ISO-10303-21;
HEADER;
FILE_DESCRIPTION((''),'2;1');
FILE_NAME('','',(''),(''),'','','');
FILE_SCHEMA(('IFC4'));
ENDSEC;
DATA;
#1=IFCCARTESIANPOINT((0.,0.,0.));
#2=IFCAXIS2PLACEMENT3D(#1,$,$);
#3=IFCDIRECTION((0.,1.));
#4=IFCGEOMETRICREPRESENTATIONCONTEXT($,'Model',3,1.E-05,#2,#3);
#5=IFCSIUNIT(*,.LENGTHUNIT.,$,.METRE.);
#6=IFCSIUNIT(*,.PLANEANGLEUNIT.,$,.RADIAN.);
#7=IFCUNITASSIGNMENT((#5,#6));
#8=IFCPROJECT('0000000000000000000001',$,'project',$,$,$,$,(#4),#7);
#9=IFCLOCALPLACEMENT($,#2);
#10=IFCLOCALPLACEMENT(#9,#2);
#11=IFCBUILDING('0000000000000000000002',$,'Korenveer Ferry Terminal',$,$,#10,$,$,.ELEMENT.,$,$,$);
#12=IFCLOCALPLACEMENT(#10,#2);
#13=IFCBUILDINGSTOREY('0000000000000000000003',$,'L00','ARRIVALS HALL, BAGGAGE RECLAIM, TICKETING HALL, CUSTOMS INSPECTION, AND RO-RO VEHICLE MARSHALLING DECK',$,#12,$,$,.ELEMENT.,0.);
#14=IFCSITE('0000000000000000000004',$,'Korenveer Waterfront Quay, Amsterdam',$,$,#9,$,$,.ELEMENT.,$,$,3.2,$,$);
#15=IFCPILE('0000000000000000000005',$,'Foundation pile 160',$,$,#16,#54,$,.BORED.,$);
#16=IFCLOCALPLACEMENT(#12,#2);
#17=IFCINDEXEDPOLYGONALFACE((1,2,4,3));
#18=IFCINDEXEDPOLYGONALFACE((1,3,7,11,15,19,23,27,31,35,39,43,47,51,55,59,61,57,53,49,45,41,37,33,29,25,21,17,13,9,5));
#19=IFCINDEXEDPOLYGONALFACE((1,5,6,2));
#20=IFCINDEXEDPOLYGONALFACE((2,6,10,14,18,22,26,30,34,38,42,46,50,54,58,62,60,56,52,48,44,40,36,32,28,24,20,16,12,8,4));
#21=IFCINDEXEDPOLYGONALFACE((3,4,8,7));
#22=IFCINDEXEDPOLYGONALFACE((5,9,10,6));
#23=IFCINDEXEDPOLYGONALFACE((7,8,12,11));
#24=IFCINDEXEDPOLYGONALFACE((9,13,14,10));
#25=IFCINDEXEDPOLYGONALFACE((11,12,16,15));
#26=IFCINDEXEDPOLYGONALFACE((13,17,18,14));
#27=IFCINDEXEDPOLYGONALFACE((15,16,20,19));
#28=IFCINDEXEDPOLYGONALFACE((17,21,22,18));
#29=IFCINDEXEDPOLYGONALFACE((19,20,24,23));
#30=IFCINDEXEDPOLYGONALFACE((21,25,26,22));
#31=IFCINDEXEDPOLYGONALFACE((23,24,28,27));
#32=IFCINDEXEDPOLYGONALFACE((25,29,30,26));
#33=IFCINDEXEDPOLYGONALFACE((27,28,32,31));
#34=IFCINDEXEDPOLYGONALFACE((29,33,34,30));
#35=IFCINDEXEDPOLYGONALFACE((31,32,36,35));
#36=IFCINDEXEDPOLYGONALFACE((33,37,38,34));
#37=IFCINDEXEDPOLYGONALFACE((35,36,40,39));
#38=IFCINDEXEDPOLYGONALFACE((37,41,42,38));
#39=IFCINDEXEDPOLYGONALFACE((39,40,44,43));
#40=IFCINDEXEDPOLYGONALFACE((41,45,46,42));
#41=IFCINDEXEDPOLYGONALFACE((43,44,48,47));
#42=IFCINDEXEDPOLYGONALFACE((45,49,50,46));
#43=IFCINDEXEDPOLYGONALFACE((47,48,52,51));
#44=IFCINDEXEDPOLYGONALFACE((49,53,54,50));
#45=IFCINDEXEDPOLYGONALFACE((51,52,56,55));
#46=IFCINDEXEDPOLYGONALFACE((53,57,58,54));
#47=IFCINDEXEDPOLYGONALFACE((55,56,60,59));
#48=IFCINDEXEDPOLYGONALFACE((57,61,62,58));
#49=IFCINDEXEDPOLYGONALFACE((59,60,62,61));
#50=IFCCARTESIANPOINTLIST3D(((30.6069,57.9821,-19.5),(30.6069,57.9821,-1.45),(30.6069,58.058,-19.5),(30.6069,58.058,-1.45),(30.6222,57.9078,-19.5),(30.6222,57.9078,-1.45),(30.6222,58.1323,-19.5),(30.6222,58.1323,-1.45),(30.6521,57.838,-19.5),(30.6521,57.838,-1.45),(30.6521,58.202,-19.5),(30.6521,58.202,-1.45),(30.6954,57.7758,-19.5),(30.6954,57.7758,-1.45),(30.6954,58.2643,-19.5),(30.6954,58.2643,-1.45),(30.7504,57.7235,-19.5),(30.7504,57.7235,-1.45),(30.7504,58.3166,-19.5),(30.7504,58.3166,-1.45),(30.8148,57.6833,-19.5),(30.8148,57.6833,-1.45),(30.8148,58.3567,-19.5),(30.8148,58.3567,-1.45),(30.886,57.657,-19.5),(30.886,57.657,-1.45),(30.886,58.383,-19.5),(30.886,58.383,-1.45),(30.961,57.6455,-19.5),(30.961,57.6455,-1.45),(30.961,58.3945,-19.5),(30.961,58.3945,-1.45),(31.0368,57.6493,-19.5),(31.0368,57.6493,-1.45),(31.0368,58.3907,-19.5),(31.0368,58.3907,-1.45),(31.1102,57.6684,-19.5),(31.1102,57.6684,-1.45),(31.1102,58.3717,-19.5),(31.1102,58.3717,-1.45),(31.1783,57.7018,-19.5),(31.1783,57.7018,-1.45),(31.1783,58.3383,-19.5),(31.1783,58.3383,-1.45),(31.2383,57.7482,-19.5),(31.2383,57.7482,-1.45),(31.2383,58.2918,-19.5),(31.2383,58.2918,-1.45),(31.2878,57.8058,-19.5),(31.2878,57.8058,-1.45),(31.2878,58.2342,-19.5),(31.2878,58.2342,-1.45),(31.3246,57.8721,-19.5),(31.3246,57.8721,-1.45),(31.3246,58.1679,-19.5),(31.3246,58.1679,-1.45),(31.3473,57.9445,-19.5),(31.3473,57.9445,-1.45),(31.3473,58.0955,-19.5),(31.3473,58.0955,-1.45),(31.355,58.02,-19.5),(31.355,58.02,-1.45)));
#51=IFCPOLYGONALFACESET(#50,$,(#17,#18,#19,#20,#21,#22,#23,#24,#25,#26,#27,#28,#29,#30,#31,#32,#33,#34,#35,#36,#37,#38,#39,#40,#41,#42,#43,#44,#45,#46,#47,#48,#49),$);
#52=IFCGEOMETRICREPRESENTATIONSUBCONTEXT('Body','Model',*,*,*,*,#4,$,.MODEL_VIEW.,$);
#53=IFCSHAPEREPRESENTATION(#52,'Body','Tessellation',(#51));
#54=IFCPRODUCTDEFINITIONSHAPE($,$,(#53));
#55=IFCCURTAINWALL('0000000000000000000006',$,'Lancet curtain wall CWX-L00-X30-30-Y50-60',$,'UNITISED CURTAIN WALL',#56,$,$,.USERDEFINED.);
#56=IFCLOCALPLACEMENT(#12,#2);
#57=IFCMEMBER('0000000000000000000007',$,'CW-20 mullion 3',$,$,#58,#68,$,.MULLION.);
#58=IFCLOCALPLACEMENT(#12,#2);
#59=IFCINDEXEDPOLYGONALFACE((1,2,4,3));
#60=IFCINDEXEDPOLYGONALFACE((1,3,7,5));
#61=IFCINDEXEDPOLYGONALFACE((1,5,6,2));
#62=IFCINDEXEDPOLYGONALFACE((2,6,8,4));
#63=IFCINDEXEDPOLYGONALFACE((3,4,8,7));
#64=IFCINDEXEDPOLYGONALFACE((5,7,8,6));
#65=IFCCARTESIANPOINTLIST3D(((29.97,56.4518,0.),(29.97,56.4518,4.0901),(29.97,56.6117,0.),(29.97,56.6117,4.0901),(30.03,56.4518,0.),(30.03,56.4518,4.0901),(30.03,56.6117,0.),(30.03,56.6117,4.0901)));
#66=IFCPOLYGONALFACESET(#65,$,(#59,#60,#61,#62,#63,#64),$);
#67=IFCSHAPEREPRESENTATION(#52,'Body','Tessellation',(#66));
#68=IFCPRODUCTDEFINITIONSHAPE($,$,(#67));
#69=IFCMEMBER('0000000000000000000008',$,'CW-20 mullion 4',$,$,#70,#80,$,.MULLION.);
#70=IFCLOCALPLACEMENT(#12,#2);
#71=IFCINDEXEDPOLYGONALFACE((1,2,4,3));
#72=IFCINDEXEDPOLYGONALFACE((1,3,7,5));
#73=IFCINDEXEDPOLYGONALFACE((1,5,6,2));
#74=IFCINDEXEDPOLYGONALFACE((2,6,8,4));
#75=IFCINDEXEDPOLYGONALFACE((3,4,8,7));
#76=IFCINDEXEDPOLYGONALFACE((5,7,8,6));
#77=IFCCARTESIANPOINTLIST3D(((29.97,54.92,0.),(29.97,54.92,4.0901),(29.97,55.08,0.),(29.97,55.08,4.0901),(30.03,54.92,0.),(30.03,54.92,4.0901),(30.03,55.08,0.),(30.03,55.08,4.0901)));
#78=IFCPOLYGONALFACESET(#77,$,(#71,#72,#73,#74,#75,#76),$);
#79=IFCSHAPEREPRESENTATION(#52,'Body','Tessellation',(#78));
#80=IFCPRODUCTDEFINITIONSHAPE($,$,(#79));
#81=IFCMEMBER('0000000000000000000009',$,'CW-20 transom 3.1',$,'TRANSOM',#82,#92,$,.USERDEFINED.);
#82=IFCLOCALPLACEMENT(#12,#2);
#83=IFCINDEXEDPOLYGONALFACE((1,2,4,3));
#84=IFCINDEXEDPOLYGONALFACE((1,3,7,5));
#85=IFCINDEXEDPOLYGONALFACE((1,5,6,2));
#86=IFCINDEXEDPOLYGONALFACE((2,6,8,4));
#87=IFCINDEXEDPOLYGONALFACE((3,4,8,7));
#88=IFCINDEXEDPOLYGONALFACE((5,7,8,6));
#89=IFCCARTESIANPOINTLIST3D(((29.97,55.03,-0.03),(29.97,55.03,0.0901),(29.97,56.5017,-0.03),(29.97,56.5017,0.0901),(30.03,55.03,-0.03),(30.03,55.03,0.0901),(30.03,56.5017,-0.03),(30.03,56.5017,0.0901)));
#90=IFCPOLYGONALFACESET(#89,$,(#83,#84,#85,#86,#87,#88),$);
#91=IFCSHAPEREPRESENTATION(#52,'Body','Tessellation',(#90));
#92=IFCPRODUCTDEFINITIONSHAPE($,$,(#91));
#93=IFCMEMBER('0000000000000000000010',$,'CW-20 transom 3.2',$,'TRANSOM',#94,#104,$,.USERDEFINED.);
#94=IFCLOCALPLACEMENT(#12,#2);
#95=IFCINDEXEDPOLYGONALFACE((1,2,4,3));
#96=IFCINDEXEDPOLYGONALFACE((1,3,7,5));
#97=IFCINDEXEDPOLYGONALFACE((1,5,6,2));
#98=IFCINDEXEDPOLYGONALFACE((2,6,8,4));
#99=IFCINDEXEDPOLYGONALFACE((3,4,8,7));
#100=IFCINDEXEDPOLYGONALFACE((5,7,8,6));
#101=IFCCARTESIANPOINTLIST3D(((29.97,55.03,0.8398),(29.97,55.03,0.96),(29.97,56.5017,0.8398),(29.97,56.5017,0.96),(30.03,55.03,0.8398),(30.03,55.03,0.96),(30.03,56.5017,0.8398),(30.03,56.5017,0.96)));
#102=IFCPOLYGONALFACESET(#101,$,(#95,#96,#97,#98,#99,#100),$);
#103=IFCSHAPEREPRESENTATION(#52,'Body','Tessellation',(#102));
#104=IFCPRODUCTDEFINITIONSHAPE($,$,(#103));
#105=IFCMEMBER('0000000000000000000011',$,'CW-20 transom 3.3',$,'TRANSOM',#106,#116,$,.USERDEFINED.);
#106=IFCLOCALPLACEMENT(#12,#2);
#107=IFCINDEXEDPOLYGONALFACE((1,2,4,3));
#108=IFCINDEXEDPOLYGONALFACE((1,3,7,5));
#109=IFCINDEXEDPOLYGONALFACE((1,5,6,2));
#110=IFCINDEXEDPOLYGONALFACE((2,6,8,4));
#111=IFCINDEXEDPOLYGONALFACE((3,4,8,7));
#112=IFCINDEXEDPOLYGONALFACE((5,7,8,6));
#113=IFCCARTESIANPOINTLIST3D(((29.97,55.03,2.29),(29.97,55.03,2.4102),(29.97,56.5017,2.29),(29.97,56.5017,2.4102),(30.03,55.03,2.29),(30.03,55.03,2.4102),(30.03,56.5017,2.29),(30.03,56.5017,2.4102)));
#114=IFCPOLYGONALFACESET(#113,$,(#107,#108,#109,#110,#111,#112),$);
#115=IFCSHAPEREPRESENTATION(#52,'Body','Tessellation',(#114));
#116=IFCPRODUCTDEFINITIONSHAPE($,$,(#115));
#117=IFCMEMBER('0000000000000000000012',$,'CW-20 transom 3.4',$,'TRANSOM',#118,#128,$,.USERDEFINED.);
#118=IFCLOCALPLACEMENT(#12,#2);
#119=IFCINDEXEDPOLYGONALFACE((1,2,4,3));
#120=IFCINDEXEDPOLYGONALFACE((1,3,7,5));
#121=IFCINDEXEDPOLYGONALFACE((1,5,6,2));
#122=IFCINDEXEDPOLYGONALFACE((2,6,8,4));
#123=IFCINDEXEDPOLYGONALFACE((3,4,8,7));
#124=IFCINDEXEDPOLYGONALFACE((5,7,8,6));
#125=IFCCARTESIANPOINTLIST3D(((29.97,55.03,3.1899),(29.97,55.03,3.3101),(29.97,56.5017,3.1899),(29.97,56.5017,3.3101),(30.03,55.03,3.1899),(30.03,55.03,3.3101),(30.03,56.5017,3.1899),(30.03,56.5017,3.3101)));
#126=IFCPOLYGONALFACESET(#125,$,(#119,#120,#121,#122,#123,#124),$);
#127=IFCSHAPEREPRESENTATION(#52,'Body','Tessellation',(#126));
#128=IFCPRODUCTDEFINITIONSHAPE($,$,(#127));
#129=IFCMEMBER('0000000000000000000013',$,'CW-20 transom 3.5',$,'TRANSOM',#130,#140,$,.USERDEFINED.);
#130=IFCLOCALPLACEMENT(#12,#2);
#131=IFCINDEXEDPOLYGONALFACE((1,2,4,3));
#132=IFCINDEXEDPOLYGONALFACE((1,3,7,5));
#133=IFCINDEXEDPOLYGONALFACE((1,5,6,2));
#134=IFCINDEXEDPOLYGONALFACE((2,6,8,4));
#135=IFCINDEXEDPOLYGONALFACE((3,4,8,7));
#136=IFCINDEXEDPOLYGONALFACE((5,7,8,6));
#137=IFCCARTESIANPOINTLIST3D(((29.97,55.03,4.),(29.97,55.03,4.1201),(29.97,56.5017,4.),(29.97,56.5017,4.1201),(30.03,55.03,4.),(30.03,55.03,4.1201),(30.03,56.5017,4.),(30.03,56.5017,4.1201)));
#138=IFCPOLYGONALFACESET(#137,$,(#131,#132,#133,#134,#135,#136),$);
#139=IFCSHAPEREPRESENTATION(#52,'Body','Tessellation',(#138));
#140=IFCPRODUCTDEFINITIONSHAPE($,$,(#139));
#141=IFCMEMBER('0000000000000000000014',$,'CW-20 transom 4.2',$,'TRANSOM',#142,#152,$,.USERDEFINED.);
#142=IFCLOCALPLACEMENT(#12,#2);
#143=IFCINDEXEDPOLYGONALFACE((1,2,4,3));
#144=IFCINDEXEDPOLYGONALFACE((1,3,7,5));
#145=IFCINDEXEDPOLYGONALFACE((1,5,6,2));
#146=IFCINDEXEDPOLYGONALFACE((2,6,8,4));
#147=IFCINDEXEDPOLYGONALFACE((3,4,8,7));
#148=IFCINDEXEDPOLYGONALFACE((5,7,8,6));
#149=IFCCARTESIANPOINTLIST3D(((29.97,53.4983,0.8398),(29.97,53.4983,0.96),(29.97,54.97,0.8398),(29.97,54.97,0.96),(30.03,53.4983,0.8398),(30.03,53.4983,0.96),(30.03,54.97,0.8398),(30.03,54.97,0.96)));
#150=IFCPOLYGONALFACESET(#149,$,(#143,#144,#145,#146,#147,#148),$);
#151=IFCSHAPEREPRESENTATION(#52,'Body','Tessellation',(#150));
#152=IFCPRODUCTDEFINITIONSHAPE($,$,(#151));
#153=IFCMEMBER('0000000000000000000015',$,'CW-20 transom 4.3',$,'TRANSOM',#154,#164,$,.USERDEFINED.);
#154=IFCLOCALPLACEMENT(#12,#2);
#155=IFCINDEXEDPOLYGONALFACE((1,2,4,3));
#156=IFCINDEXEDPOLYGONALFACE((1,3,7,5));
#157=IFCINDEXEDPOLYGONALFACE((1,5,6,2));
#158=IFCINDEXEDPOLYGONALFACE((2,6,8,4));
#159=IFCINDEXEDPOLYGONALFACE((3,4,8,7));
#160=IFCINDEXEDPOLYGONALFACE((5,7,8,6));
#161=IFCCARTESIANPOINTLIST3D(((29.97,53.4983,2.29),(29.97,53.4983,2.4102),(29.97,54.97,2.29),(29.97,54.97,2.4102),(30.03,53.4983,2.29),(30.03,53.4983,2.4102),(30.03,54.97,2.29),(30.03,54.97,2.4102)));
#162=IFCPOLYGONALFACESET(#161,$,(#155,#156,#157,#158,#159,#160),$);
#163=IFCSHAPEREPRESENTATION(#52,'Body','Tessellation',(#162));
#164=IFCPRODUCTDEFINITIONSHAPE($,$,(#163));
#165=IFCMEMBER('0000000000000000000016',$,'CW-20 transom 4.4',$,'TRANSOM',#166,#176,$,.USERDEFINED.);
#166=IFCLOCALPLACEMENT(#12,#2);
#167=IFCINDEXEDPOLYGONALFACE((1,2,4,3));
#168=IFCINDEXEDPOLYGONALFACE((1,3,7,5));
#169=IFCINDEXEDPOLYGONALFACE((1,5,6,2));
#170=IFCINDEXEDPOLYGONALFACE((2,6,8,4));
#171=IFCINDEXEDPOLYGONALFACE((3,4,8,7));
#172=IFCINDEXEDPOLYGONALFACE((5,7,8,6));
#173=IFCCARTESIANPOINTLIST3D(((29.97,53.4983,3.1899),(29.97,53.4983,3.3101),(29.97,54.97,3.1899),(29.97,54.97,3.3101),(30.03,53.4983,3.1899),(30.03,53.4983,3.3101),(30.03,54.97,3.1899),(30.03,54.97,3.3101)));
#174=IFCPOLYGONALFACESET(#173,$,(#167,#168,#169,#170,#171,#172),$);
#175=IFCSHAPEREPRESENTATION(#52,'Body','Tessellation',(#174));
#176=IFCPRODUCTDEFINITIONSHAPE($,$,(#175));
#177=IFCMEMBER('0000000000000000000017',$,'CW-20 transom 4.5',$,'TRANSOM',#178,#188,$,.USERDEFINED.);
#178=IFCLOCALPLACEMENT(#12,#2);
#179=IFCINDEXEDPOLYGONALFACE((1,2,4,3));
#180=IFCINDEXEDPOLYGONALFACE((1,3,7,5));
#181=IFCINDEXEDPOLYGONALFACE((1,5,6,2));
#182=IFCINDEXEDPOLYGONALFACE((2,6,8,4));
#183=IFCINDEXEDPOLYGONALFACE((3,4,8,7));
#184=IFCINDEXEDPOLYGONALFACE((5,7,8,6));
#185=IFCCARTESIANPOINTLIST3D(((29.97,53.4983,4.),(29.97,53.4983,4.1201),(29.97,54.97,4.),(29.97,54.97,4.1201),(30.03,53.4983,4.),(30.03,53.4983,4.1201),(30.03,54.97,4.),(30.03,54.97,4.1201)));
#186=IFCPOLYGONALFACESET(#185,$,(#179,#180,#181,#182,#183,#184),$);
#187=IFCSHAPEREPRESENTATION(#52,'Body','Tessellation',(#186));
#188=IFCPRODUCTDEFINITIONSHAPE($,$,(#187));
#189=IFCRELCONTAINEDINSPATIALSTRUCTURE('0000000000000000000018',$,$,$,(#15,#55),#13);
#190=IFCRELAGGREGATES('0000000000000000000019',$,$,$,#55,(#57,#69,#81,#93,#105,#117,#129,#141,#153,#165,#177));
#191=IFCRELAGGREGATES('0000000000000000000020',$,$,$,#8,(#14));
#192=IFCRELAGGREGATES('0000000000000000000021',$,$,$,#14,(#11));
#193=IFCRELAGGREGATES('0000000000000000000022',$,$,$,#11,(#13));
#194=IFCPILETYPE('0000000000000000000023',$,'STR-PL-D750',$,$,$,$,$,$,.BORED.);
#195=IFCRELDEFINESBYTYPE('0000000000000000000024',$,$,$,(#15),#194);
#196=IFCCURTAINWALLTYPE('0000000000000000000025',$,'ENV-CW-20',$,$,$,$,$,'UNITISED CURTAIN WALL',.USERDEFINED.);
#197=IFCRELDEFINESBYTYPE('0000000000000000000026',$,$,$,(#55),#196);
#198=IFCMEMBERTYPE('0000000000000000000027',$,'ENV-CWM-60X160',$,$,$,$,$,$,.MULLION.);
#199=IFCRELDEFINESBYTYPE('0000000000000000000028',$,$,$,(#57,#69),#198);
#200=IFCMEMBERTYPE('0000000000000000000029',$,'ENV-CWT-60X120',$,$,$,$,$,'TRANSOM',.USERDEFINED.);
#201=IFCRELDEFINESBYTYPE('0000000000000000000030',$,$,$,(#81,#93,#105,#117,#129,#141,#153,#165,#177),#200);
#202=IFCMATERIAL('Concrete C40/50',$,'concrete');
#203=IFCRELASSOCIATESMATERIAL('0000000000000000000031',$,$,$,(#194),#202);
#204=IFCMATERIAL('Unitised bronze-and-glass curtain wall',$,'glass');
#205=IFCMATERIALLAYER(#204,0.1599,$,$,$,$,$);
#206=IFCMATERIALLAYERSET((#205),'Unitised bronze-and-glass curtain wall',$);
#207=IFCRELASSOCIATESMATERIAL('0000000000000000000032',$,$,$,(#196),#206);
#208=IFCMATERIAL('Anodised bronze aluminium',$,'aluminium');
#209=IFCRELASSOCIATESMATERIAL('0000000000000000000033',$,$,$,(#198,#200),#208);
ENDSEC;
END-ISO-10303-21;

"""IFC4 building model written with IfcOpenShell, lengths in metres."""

from ifc_helpers import new_model, si_unit, direction, frame, origin, origin_2d, place, context, subcontext, project, spatial, rectangle, circle, extrude, material, layer, layer_set, material_profile, profile_set, type_object, element, aggregate, save


model = new_model("IFC4")

# Units and contexts
model_context = context("Model", 3, precision=1e-05, world=origin(), true_north=direction((0.0, 1.0)))
body_context = subcontext(model_context, "Body", "Model", "MODEL_VIEW")
ifc_project = project(units=[si_unit("LENGTHUNIT", "METRE"), si_unit("PLANEANGLEUNIT", "RADIAN")], contexts=[model_context])

# Site, building, storey
site_placement = place(None, origin())
site = spatial("IfcSite", under=ifc_project, at=site_placement, Name="Korenveer Waterfront Quay, Amsterdam", CompositionType="ELEMENT", RefElevation=3.2)
building_placement = place(site_placement, origin())
building = spatial("IfcBuilding", under=site, at=building_placement, Name="Korenveer Ferry Terminal", CompositionType="ELEMENT")
storey_placement = place(building_placement, origin())
storey = spatial("IfcBuildingStorey", under=building, at=storey_placement, Name="L00", Description="ARRIVALS HALL, BAGGAGE RECLAIM, TICKETING HALL, CUSTOMS INSPECTION, AND RO-RO VEHICLE MARSHALLING DECK", CompositionType="ELEMENT", Elevation=0.0)

# Pile
ifc_material_1 = material(Name="Concrete C40/50", Category="concrete")
ifc_material_profile_1 = material_profile(ifc_material_1, circle(Radius=0.375, at=origin_2d()), Name="PILE D750")
ifc_profile_set_1 = profile_set([ifc_material_profile_1], Name="Concrete C40/50")
pile_type = type_object("IfcPileType", Name="STR-PL-D750", PredefinedType="BORED", material=ifc_profile_set_1)
pile_placement = place(storey_placement, frame((30.98, 58.02, -1.45), z_axis=(0.0, 0.0, -1.0), x_axis=(1.0, 0.0, 0.0)))
element("IfcPile", 1, at=pile_placement, inside=storey, type_object=pile_type, Name="Foundation pile 160", PredefinedType="BORED", context=body_context, shape_type="SweptSolid", body=[
    extrude(circle(Radius=0.375, at=origin_2d()), origin(), (0.0, 0.0, 1.0), 18.05),
])

# Curtain wall, members
ifc_material_2 = material(Name="Unitised bronze-and-glass curtain wall", Category="glass")
ifc_layer_1 = layer(ifc_material_2, 0.1599)
ifc_layer_set_1 = layer_set([ifc_layer_1], Name="Unitised bronze-and-glass curtain wall")
curtain_wall_type = type_object("IfcCurtainWallType", Name="ENV-CW-20", ElementType="UNITISED CURTAIN WALL", PredefinedType="USERDEFINED", material=ifc_layer_set_1)
curtain_wall_placement = place(storey_placement, frame((30.0, 59.595, 0.0)))
curtain_wall = element("IfcCurtainWall", 2, at=curtain_wall_placement, inside=storey, type_object=curtain_wall_type, Name="Lancet curtain wall CWX-L00-X30-30-Y50-60", ObjectType="UNITISED CURTAIN WALL", PredefinedType="USERDEFINED")
ifc_material_3 = material(Name="Anodised bronze aluminium", Category="aluminium")
ifc_material_profile_2 = material_profile(ifc_material_3, rectangle(XDim=0.0601, YDim=0.1599, at=origin_2d()), Name="ALU 60x160")
ifc_profile_set_2 = profile_set([ifc_material_profile_2], Name="Anodised bronze aluminium")
member_type_1 = type_object("IfcMemberType", Name="ENV-CWM-60X160", PredefinedType="MULLION", material=ifc_profile_set_2)
member_1_placement = place(storey_placement, frame((30.0, 56.5317, 0.0), z_axis=(0.0, 0.0, 1.0), x_axis=(1.0, 0.0, 0.0)))
member_1 = element("IfcMember", 3, at=member_1_placement, type_object=member_type_1, Name="CW-20 mullion 3", PredefinedType="MULLION", context=body_context, shape_type="SweptSolid", body=[
    extrude(rectangle(XDim=0.0601, YDim=0.1599, at=origin_2d()), origin(), (0.0, 0.0, 1.0), 4.0901),
])
member_2_placement = place(storey_placement, frame((30.0, 55.0, 0.0), z_axis=(0.0, 0.0, 1.0), x_axis=(1.0, 0.0, 0.0)))
member_2 = element("IfcMember", 4, at=member_2_placement, type_object=member_type_1, Name="CW-20 mullion 4", PredefinedType="MULLION", context=body_context, shape_type="SweptSolid", body=[
    extrude(rectangle(XDim=0.0601, YDim=0.1599, at=origin_2d()), origin(), (0.0, 0.0, 1.0), 4.0901),
])
ifc_material_profile_3 = material_profile(ifc_material_3, rectangle(XDim=0.0601, YDim=0.1201, at=origin_2d()), Name="ALU 60x120")
ifc_profile_set_3 = profile_set([ifc_material_profile_3], Name="Anodised bronze aluminium")
member_type_2 = type_object("IfcMemberType", Name="ENV-CWT-60X120", ElementType="TRANSOM", PredefinedType="USERDEFINED", material=ifc_profile_set_3)
member_3_placement = place(storey_placement, frame((30.0, 56.5017, 0.03), z_axis=(0.0, -1.0, 0.0), x_axis=(1.0, 0.0, 0.0)))
member_3 = element("IfcMember", 5, at=member_3_placement, type_object=member_type_2, Name="CW-20 transom 3.1", ObjectType="TRANSOM", PredefinedType="USERDEFINED", context=body_context, shape_type="SweptSolid", body=[
    extrude(rectangle(XDim=0.0601, YDim=0.1201, at=origin_2d()), origin(), (0.0, 0.0, 1.0), 1.4717),
])
member_4_placement = place(storey_placement, frame((30.0, 56.5017, 0.8999), z_axis=(0.0, -1.0, 0.0), x_axis=(1.0, 0.0, 0.0)))
member_4 = element("IfcMember", 6, at=member_4_placement, type_object=member_type_2, Name="CW-20 transom 3.2", ObjectType="TRANSOM", PredefinedType="USERDEFINED", context=body_context, shape_type="SweptSolid", body=[
    extrude(rectangle(XDim=0.0601, YDim=0.1201, at=origin_2d()), origin(), (0.0, 0.0, 1.0), 1.4717),
])
member_5_placement = place(storey_placement, frame((30.0, 56.5017, 2.3501), z_axis=(0.0, -1.0, 0.0), x_axis=(1.0, 0.0, 0.0)))
member_5 = element("IfcMember", 7, at=member_5_placement, type_object=member_type_2, Name="CW-20 transom 3.3", ObjectType="TRANSOM", PredefinedType="USERDEFINED", context=body_context, shape_type="SweptSolid", body=[
    extrude(rectangle(XDim=0.0601, YDim=0.1201, at=origin_2d()), origin(), (0.0, 0.0, 1.0), 1.4717),
])
member_6_placement = place(storey_placement, frame((30.0, 56.5017, 3.25), z_axis=(0.0, -1.0, 0.0), x_axis=(1.0, 0.0, 0.0)))
member_6 = element("IfcMember", 8, at=member_6_placement, type_object=member_type_2, Name="CW-20 transom 3.4", ObjectType="TRANSOM", PredefinedType="USERDEFINED", context=body_context, shape_type="SweptSolid", body=[
    extrude(rectangle(XDim=0.0601, YDim=0.1201, at=origin_2d()), origin(), (0.0, 0.0, 1.0), 1.4717),
])
member_7_placement = place(storey_placement, frame((30.0, 56.5017, 4.0601), z_axis=(0.0, -1.0, 0.0), x_axis=(1.0, 0.0, 0.0)))
member_7 = element("IfcMember", 9, at=member_7_placement, type_object=member_type_2, Name="CW-20 transom 3.5", ObjectType="TRANSOM", PredefinedType="USERDEFINED", context=body_context, shape_type="SweptSolid", body=[
    extrude(rectangle(XDim=0.0601, YDim=0.1201, at=origin_2d()), origin(), (0.0, 0.0, 1.0), 1.4717),
])
member_8_placement = place(storey_placement, frame((30.0, 54.97, 0.8999), z_axis=(0.0, -1.0, 0.0), x_axis=(1.0, 0.0, 0.0)))
member_8 = element("IfcMember", 10, at=member_8_placement, type_object=member_type_2, Name="CW-20 transom 4.2", ObjectType="TRANSOM", PredefinedType="USERDEFINED", context=body_context, shape_type="SweptSolid", body=[
    extrude(rectangle(XDim=0.0601, YDim=0.1201, at=origin_2d()), origin(), (0.0, 0.0, 1.0), 1.4717),
])
member_9_placement = place(storey_placement, frame((30.0, 54.97, 2.3501), z_axis=(0.0, -1.0, 0.0), x_axis=(1.0, 0.0, 0.0)))
member_9 = element("IfcMember", 11, at=member_9_placement, type_object=member_type_2, Name="CW-20 transom 4.3", ObjectType="TRANSOM", PredefinedType="USERDEFINED", context=body_context, shape_type="SweptSolid", body=[
    extrude(rectangle(XDim=0.0601, YDim=0.1201, at=origin_2d()), origin(), (0.0, 0.0, 1.0), 1.4717),
])
member_10_placement = place(storey_placement, frame((30.0, 54.97, 3.25), z_axis=(0.0, -1.0, 0.0), x_axis=(1.0, 0.0, 0.0)))
member_10 = element("IfcMember", 12, at=member_10_placement, type_object=member_type_2, Name="CW-20 transom 4.4", ObjectType="TRANSOM", PredefinedType="USERDEFINED", context=body_context, shape_type="SweptSolid", body=[
    extrude(rectangle(XDim=0.0601, YDim=0.1201, at=origin_2d()), origin(), (0.0, 0.0, 1.0), 1.4717),
])
member_11_placement = place(storey_placement, frame((30.0, 54.97, 4.0601), z_axis=(0.0, -1.0, 0.0), x_axis=(1.0, 0.0, 0.0)))
member_11 = element("IfcMember", 13, at=member_11_placement, type_object=member_type_2, Name="CW-20 transom 4.5", ObjectType="TRANSOM", PredefinedType="USERDEFINED", context=body_context, shape_type="SweptSolid", body=[
    extrude(rectangle(XDim=0.0601, YDim=0.1201, at=origin_2d()), origin(), (0.0, 0.0, 1.0), 1.4717),
])
aggregate(curtain_wall, [member_1, member_2, member_3, member_4, member_5, member_6, member_7, member_8, member_9, member_10, member_11])

save(model, "model.ifc")
